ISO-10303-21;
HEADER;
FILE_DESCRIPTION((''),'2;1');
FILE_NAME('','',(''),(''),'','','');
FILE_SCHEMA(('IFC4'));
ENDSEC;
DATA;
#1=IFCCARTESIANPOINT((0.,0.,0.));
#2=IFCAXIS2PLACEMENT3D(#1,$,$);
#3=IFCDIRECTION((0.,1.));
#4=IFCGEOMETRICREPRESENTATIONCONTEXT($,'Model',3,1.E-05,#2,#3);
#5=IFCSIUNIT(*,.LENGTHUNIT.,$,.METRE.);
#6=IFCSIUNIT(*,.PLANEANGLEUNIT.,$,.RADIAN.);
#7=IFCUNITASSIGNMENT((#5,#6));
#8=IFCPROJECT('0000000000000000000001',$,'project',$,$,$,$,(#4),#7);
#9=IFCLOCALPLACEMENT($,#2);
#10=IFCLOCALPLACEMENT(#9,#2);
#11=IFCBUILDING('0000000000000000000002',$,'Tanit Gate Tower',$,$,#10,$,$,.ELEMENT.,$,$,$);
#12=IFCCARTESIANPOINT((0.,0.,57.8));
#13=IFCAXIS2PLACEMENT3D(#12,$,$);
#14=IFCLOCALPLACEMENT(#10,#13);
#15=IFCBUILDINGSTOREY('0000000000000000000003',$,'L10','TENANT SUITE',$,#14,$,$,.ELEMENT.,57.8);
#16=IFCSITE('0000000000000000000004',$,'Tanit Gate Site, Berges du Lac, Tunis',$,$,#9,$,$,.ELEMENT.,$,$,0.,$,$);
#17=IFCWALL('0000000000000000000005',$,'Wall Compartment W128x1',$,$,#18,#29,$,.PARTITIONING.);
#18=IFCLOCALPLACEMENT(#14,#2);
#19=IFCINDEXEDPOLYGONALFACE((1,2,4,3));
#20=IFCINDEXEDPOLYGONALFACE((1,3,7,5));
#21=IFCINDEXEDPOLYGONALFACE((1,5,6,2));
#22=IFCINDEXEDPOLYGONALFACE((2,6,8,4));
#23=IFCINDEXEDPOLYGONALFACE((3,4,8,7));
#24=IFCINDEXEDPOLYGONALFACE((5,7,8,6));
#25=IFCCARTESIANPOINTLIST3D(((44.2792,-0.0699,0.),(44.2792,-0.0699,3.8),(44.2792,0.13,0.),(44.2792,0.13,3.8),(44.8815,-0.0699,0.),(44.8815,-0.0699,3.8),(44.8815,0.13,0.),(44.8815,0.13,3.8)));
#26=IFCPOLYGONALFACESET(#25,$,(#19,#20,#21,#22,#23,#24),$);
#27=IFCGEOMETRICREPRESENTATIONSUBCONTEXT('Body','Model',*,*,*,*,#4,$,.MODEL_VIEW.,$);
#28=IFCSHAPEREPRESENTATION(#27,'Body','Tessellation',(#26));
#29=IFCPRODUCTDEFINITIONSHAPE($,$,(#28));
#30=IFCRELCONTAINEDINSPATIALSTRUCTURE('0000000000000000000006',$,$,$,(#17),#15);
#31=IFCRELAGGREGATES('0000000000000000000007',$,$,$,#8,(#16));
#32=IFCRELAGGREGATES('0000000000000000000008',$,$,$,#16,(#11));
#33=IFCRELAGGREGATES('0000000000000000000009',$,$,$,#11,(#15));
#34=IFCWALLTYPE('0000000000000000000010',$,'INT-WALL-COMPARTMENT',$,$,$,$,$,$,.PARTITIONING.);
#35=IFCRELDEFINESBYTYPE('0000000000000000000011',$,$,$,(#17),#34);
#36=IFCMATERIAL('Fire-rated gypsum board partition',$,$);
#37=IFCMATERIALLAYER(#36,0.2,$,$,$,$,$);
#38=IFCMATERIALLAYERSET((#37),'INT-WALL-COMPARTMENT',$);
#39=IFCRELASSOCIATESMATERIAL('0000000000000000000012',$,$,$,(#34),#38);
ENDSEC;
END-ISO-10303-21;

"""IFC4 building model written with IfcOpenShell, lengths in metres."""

from ifc_helpers import new_model, si_unit, direction, frame, frame_2d, origin, place, context, subcontext, project, spatial, rectangle, extrude, material, layer, layer_set, type_object, element, save


model = new_model("IFC4")

# Units and contexts
model_context = context("Model", 3, precision=1e-05, world=origin(), true_north=direction((0.0, 1.0)))
body_context = subcontext(model_context, "Body", "Model", "MODEL_VIEW")
ifc_project = project(units=[si_unit("LENGTHUNIT", "METRE"), si_unit("PLANEANGLEUNIT", "RADIAN")], contexts=[model_context])

# Site, building, storey
site_placement = place(None, origin())
site = spatial("IfcSite", under=ifc_project, at=site_placement, Name="Tanit Gate Site, Berges du Lac, Tunis", CompositionType="ELEMENT", RefElevation=0.0)
building_placement = place(site_placement, origin())
building = spatial("IfcBuilding", under=site, at=building_placement, Name="Tanit Gate Tower", CompositionType="ELEMENT")
storey_placement = place(building_placement, frame((0.0, 0.0, 57.8)))
storey = spatial("IfcBuildingStorey", under=building, at=storey_placement, Name="L10", Description="TENANT SUITE", CompositionType="ELEMENT", Elevation=57.8)

# Wall
ifc_material_1 = material(Name="Fire-rated gypsum board partition")
ifc_layer_1 = layer(ifc_material_1, 0.2)
ifc_layer_set_1 = layer_set([ifc_layer_1], Name="INT-WALL-COMPARTMENT")
wall_type_1 = type_object("IfcWallType", Name="INT-WALL-COMPARTMENT", PredefinedType="PARTITIONING", material=ifc_layer_set_1)
wall_1_placement = place(storey_placement, frame((44.2791, 0.03, 0.0), z_axis=(0.0, 0.0, 1.0), x_axis=(1.0, 0.0, 0.0)))
element("IfcWall", 1, at=wall_1_placement, inside=storey, type_object=wall_type_1, Name="Wall Compartment W128x1", PredefinedType="PARTITIONING", context=body_context, shape_type="SweptSolid", body=[
    extrude(rectangle(XDim=0.6023, YDim=0.2, at=frame_2d((0.3013, 0.0))), origin(), (0.0, 0.0, 1.0), 3.8),
])

save(model, "model.ifc")
